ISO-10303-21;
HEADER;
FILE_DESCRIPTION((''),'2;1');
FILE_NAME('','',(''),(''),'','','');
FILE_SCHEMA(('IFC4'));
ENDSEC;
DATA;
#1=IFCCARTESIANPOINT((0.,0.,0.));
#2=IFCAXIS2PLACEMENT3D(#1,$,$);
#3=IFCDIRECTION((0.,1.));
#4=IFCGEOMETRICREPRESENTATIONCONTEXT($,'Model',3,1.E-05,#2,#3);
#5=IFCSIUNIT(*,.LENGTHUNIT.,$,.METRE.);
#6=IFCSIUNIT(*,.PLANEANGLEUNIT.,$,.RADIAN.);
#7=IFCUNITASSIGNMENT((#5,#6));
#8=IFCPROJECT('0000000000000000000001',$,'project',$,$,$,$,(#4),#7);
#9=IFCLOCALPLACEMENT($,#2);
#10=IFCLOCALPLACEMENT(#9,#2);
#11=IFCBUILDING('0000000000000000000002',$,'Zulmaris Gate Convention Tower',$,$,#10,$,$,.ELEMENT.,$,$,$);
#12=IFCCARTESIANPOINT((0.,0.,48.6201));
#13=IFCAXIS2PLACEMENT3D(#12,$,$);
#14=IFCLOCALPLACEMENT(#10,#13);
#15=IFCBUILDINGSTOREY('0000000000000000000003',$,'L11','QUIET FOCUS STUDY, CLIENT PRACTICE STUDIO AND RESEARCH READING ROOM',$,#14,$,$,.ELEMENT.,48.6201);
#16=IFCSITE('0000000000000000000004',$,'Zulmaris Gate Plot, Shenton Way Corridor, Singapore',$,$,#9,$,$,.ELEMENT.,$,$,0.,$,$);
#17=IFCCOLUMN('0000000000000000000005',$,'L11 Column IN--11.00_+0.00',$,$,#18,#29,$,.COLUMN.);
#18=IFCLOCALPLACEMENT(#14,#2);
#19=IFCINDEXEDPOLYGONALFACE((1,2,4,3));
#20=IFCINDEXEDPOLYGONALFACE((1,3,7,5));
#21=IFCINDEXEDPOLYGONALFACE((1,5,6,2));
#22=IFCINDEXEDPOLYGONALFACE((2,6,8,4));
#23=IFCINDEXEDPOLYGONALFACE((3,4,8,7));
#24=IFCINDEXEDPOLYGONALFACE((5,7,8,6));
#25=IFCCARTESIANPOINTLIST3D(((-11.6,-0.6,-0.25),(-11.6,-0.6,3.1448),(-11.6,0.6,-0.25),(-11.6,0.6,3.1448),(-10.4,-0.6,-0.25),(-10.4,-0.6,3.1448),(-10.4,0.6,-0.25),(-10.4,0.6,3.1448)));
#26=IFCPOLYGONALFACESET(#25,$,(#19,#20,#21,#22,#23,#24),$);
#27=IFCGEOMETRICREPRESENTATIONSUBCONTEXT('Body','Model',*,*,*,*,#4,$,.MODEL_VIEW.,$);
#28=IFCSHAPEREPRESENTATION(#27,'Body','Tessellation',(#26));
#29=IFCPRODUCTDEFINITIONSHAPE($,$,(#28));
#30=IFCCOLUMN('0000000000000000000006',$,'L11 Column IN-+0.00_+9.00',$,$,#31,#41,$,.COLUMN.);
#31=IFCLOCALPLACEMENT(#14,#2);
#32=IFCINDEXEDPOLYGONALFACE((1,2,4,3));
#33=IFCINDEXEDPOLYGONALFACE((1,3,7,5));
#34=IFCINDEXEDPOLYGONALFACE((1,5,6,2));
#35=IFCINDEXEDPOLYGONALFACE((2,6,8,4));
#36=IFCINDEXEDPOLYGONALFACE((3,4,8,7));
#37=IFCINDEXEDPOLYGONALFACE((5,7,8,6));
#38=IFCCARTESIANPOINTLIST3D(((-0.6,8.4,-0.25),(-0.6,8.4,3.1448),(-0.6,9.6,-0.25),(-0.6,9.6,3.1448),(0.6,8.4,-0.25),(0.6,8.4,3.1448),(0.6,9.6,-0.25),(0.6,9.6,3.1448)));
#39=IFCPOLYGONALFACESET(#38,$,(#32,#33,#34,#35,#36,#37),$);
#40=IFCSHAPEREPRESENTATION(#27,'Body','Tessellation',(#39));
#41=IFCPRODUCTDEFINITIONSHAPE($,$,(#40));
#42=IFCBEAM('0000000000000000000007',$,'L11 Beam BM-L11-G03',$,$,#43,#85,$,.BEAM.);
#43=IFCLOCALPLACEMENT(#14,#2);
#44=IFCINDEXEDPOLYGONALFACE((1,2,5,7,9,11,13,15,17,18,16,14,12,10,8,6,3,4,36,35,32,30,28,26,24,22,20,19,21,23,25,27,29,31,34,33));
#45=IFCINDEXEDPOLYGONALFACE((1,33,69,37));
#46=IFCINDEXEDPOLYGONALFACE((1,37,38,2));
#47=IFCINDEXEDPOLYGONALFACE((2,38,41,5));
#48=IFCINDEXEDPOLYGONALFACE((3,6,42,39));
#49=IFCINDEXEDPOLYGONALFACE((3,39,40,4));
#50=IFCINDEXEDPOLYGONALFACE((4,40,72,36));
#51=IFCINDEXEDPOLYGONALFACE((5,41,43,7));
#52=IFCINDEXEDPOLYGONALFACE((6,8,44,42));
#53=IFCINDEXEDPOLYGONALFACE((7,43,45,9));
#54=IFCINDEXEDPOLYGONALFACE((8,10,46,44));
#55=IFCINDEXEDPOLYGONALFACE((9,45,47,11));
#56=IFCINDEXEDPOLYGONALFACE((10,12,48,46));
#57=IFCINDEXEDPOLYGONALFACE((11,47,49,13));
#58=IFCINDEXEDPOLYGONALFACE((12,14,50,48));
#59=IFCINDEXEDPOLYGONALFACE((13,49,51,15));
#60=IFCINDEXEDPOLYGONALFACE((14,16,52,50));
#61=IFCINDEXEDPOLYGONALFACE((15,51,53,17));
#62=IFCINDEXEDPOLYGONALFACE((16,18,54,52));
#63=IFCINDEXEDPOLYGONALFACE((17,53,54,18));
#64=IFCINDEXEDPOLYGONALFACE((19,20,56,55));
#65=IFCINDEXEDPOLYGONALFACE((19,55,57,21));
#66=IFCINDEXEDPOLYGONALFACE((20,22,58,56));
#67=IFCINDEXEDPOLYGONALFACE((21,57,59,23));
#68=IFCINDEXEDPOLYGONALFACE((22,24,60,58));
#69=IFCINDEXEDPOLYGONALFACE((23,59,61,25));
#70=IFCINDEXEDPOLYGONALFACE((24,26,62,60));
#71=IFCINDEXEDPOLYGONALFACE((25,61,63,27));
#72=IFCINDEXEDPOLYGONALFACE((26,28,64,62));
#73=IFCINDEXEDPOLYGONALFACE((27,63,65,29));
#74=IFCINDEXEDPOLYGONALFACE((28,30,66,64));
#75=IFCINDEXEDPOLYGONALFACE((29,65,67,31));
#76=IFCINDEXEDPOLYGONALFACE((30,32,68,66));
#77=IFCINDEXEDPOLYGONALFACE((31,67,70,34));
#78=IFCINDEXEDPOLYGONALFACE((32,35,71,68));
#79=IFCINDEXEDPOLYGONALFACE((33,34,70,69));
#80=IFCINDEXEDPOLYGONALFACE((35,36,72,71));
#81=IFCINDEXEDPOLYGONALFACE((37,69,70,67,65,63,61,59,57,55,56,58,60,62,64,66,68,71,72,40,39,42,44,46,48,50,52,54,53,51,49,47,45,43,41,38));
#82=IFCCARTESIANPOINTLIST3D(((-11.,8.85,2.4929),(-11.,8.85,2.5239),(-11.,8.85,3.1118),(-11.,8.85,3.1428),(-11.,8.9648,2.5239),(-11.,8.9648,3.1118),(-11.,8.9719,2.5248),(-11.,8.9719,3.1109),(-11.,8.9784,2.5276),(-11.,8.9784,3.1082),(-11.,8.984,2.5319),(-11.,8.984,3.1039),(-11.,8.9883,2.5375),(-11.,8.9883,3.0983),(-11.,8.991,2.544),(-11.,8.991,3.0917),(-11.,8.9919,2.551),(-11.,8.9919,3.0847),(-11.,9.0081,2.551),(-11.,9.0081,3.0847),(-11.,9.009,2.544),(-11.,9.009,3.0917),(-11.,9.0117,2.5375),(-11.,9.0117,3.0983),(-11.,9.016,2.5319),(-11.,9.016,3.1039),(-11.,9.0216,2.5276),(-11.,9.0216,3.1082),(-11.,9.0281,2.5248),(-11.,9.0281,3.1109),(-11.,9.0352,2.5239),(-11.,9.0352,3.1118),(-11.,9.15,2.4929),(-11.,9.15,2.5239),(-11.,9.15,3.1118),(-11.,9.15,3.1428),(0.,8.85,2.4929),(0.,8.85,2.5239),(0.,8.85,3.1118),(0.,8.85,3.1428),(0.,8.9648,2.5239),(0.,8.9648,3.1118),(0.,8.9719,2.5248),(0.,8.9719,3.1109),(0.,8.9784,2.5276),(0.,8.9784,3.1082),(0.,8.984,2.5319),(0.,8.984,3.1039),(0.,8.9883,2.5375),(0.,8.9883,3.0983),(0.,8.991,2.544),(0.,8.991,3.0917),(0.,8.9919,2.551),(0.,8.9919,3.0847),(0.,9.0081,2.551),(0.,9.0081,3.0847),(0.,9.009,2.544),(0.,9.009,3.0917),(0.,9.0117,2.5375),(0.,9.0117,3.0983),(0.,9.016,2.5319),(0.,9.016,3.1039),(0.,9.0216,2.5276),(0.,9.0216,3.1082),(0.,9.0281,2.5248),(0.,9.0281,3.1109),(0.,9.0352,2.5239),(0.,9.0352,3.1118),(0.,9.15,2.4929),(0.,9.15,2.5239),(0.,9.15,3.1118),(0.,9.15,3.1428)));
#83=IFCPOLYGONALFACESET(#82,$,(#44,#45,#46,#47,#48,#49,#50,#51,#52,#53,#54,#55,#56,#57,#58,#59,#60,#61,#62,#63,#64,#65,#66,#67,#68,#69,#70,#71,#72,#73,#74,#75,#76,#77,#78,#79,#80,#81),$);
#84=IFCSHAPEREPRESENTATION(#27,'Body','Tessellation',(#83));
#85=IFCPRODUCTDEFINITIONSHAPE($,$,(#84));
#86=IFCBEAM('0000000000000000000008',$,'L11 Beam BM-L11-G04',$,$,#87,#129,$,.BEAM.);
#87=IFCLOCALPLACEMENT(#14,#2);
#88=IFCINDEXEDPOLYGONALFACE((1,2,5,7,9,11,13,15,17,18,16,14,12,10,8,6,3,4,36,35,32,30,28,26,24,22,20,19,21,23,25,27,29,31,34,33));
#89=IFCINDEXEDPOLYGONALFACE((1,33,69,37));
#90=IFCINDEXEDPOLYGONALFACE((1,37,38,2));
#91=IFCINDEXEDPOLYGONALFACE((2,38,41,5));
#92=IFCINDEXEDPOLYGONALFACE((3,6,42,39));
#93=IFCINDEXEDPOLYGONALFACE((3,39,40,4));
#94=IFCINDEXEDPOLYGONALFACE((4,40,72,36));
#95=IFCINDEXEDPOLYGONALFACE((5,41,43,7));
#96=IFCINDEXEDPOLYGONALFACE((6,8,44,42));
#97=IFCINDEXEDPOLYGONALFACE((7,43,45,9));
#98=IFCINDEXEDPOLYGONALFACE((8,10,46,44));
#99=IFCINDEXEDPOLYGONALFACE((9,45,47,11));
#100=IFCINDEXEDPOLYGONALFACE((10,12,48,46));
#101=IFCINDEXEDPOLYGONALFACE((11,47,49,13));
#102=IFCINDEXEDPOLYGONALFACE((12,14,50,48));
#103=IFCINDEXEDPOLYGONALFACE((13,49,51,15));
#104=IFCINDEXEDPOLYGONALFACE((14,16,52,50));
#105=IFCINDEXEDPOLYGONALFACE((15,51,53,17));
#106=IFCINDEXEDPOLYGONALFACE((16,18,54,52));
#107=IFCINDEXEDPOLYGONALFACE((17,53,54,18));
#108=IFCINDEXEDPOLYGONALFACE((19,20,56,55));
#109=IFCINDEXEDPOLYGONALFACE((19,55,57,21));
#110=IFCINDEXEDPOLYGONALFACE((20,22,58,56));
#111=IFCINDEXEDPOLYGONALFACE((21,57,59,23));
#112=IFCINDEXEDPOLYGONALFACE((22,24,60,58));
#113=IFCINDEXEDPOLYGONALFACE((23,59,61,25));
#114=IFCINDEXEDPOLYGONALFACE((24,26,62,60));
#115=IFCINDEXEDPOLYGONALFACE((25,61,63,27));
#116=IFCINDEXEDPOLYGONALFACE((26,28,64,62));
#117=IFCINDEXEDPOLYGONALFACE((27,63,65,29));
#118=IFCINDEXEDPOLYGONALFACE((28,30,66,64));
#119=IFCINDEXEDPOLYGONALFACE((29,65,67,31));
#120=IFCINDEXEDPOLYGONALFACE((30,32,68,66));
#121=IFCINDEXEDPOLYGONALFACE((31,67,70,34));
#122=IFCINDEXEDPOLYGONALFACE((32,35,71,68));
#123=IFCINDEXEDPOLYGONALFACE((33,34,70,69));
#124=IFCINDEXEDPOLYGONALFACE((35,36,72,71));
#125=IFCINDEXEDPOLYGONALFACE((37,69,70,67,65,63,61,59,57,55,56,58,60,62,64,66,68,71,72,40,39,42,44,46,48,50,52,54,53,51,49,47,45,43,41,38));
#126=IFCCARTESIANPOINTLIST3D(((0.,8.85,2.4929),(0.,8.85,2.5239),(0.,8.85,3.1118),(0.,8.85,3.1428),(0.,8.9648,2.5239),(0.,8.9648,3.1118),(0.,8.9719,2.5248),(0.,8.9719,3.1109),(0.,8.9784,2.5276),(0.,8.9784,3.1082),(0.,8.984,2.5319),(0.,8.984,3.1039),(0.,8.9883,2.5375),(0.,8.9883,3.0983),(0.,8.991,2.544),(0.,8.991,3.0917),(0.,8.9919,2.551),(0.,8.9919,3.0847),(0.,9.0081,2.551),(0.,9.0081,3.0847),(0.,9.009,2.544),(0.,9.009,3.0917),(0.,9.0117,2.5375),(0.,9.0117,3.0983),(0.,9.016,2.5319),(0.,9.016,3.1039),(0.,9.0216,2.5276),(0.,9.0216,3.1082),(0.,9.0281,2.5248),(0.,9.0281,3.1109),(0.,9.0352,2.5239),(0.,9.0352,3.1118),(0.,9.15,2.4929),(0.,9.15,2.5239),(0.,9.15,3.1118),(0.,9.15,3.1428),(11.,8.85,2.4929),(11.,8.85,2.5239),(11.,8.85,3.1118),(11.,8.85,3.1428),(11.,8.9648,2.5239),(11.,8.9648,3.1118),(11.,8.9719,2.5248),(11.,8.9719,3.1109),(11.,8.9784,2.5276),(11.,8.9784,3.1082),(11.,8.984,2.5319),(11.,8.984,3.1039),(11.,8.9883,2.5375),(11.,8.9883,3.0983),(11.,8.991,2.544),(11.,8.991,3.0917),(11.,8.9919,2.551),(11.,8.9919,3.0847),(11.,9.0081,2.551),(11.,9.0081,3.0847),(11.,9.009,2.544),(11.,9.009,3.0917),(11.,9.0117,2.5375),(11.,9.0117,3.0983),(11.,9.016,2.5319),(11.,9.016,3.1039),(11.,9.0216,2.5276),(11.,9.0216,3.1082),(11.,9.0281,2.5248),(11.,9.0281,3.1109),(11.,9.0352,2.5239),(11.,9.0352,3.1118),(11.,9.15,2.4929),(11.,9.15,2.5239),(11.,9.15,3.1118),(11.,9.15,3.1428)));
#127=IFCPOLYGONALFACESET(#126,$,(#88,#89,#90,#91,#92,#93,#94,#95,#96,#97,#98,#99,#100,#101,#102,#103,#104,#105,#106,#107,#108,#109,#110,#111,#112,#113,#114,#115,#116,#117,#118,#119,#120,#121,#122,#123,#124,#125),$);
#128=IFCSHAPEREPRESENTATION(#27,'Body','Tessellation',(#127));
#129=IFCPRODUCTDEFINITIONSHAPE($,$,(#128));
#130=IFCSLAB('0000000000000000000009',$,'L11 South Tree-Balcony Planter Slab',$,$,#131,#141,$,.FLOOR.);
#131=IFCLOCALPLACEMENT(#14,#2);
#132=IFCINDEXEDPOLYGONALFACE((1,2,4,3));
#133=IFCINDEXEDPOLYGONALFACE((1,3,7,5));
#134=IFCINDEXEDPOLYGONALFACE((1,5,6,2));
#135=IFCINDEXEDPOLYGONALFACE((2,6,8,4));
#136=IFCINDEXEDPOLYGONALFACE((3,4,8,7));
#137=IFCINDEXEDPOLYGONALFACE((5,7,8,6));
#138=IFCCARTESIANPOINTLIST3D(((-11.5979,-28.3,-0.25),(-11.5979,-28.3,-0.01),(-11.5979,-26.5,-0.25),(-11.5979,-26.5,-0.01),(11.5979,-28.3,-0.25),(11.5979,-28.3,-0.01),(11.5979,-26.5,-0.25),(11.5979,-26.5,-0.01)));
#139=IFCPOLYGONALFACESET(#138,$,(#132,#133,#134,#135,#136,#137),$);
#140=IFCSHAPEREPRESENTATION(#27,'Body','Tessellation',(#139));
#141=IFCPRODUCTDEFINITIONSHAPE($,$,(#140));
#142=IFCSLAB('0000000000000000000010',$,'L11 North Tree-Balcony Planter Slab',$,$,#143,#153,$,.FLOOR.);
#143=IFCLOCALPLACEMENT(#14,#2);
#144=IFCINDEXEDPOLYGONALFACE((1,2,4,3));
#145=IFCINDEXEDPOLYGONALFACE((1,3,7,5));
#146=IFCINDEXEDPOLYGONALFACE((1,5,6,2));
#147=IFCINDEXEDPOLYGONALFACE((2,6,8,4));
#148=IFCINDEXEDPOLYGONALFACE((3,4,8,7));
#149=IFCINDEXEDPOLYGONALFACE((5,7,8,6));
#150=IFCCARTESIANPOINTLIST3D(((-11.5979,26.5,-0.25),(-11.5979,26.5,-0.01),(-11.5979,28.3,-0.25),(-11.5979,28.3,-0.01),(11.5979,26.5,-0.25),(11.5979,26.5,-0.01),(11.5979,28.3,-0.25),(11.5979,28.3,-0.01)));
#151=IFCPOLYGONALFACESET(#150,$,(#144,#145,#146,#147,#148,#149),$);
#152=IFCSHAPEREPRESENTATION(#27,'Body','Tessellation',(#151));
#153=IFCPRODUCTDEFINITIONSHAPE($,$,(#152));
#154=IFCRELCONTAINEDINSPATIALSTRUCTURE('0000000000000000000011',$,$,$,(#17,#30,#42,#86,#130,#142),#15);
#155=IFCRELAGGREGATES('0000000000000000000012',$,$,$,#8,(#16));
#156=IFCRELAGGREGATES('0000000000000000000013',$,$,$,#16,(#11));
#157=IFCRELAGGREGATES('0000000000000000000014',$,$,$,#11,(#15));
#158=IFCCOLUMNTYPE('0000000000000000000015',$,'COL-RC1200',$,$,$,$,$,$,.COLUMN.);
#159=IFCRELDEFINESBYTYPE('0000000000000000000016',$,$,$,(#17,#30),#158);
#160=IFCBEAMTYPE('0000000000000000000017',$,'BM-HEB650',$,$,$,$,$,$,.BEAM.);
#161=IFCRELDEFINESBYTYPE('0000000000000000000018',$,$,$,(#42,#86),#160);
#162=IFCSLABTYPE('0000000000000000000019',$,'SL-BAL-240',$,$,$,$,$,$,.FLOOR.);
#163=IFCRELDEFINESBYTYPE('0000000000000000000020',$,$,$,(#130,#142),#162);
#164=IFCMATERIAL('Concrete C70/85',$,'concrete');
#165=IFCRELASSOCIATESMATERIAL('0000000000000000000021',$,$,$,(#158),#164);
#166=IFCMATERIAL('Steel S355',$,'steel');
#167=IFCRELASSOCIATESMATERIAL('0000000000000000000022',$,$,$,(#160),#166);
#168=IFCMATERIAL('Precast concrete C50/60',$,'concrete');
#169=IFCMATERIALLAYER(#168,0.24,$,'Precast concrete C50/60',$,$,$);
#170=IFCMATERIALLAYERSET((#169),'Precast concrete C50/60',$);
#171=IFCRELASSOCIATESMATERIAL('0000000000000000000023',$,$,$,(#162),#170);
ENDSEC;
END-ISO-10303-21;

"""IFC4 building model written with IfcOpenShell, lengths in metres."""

from ifc_helpers import new_model, si_unit, direction, frame, origin, origin_2d, place, context, subcontext, project, spatial, polyline, rectangle, i_section, outline, extrude, material, layer, layer_set, material_profile, profile_set, type_object, element, save


model = new_model("IFC4")

# Units and contexts
model_context = context("Model", 3, precision=1e-05, world=origin(), true_north=direction((0.0, 1.0)))
body_context = subcontext(model_context, "Body", "Model", "MODEL_VIEW")
ifc_project = project(units=[si_unit("LENGTHUNIT", "METRE"), si_unit("PLANEANGLEUNIT", "RADIAN")], contexts=[model_context])

# Site, building, storey
site_placement = place(None, origin())
site = spatial("IfcSite", under=ifc_project, at=site_placement, Name="Zulmaris Gate Plot, Shenton Way Corridor, Singapore", CompositionType="ELEMENT", RefElevation=0.0)
building_placement = place(site_placement, origin())
building = spatial("IfcBuilding", under=site, at=building_placement, Name="Zulmaris Gate Convention Tower", CompositionType="ELEMENT")
storey_placement = place(building_placement, frame((0.0, 0.0, 48.6201)))
storey = spatial("IfcBuildingStorey", under=building, at=storey_placement, Name="L11", Description="QUIET FOCUS STUDY, CLIENT PRACTICE STUDIO AND RESEARCH READING ROOM", CompositionType="ELEMENT", Elevation=48.6201)

# Columns
ifc_material_1 = material(Name="Concrete C70/85", Category="concrete")
ifc_material_profile_1 = material_profile(ifc_material_1, rectangle(XDim=1.2, YDim=1.2, at=origin_2d()), Name="RC COL 1200x1200")
ifc_profile_set_1 = profile_set([ifc_material_profile_1], Name="Concrete C70/85")
column_type = type_object("IfcColumnType", Name="COL-RC1200", PredefinedType="COLUMN", material=ifc_profile_set_1)
for number, where, z_axis, x_axis, name in (
    (1, (-11.0, 0.0, -0.25), (0.0, 0.0, 1.0), (1.0, 0.0, 0.0), "L11 Column IN--11.00_+0.00"),
    (2, (0.0, 9.0, -0.25), (0.0, 0.0, 1.0), (1.0, 0.0, 0.0), "L11 Column IN-+0.00_+9.00"),
):
    element("IfcColumn", number, at=place(storey_placement, frame(where, z_axis=z_axis, x_axis=x_axis)), inside=storey, type_object=column_type, Name=name, PredefinedType="COLUMN", context=body_context, shape_type="SweptSolid", body=[
        extrude(rectangle(XDim=1.2, YDim=1.2, at=origin_2d()), origin(), (0.0, 0.0, 1.0), 3.3948),
    ])

# Beams
ifc_material_2 = material(Name="Steel S355", Category="steel")
ifc_material_profile_2 = material_profile(ifc_material_2, i_section(OverallWidth=0.3, OverallDepth=0.6499, WebThickness=0.0161, FlangeThickness=0.031, FilletRadius=0.0271, at=origin_2d()), Name="HEB 650")
ifc_profile_set_2 = profile_set([ifc_material_profile_2], Name="Steel S355")
beam_type = type_object("IfcBeamType", Name="BM-HEB650", PredefinedType="BEAM", material=ifc_profile_set_2)
for number, where, z_axis, x_axis, name in (
    (3, (-11.0, 9.0, 2.8179), (1.0, 0.0, 0.0), (0.0, 1.0, 0.0), "L11 Beam BM-L11-G03"),
    (4, (0.0, 9.0, 2.8179), (1.0, 0.0, 0.0), (0.0, 1.0, 0.0), "L11 Beam BM-L11-G04"),
):
    element("IfcBeam", number, at=place(storey_placement, frame(where, z_axis=z_axis, x_axis=x_axis)), inside=storey, type_object=beam_type, Name=name, PredefinedType="BEAM", context=body_context, shape_type="SweptSolid", body=[
        extrude(i_section(OverallWidth=0.3, OverallDepth=0.6499, WebThickness=0.0161, FlangeThickness=0.031, FilletRadius=0.0271, at=origin_2d()), origin(), (0.0, 0.0, 1.0), 11.0),
    ])

# Slabs
ifc_material_3 = material(Name="Precast concrete C50/60", Category="concrete")
ifc_layer_1 = layer(ifc_material_3, 0.24, Name="Precast concrete C50/60")
ifc_layer_set_1 = layer_set([ifc_layer_1], Name="Precast concrete C50/60")
slab_type_1 = type_object("IfcSlabType", Name="SL-BAL-240", PredefinedType="FLOOR", material=ifc_layer_set_1)
slab_1_placement = place(storey_placement, frame((0.0, 0.0, -0.25)))
element("IfcSlab", 5, at=slab_1_placement, inside=storey, type_object=slab_type_1, Name="L11 South Tree-Balcony Planter Slab", PredefinedType="FLOOR", context=body_context, shape_type="SweptSolid", body=[
    extrude(outline(polyline([(-11.5979, -28.3), (-11.5979, -26.5), (11.5979, -26.5), (11.5979, -28.3), (-11.5979, -28.3)])), origin(), (0.0, 0.0, 1.0), 0.24),
])
slab_2_placement = place(storey_placement, frame((0.0, 0.0, -0.25)))
element("IfcSlab", 6, at=slab_2_placement, inside=storey, type_object=slab_type_1, Name="L11 North Tree-Balcony Planter Slab", PredefinedType="FLOOR", context=body_context, shape_type="SweptSolid", body=[
    extrude(outline(polyline([(11.5979, 28.3), (11.5979, 26.5), (-11.5979, 26.5), (-11.5979, 28.3), (11.5979, 28.3)])), origin(), (0.0, 0.0, 1.0), 0.24),
])

save(model, "model.ifc")
